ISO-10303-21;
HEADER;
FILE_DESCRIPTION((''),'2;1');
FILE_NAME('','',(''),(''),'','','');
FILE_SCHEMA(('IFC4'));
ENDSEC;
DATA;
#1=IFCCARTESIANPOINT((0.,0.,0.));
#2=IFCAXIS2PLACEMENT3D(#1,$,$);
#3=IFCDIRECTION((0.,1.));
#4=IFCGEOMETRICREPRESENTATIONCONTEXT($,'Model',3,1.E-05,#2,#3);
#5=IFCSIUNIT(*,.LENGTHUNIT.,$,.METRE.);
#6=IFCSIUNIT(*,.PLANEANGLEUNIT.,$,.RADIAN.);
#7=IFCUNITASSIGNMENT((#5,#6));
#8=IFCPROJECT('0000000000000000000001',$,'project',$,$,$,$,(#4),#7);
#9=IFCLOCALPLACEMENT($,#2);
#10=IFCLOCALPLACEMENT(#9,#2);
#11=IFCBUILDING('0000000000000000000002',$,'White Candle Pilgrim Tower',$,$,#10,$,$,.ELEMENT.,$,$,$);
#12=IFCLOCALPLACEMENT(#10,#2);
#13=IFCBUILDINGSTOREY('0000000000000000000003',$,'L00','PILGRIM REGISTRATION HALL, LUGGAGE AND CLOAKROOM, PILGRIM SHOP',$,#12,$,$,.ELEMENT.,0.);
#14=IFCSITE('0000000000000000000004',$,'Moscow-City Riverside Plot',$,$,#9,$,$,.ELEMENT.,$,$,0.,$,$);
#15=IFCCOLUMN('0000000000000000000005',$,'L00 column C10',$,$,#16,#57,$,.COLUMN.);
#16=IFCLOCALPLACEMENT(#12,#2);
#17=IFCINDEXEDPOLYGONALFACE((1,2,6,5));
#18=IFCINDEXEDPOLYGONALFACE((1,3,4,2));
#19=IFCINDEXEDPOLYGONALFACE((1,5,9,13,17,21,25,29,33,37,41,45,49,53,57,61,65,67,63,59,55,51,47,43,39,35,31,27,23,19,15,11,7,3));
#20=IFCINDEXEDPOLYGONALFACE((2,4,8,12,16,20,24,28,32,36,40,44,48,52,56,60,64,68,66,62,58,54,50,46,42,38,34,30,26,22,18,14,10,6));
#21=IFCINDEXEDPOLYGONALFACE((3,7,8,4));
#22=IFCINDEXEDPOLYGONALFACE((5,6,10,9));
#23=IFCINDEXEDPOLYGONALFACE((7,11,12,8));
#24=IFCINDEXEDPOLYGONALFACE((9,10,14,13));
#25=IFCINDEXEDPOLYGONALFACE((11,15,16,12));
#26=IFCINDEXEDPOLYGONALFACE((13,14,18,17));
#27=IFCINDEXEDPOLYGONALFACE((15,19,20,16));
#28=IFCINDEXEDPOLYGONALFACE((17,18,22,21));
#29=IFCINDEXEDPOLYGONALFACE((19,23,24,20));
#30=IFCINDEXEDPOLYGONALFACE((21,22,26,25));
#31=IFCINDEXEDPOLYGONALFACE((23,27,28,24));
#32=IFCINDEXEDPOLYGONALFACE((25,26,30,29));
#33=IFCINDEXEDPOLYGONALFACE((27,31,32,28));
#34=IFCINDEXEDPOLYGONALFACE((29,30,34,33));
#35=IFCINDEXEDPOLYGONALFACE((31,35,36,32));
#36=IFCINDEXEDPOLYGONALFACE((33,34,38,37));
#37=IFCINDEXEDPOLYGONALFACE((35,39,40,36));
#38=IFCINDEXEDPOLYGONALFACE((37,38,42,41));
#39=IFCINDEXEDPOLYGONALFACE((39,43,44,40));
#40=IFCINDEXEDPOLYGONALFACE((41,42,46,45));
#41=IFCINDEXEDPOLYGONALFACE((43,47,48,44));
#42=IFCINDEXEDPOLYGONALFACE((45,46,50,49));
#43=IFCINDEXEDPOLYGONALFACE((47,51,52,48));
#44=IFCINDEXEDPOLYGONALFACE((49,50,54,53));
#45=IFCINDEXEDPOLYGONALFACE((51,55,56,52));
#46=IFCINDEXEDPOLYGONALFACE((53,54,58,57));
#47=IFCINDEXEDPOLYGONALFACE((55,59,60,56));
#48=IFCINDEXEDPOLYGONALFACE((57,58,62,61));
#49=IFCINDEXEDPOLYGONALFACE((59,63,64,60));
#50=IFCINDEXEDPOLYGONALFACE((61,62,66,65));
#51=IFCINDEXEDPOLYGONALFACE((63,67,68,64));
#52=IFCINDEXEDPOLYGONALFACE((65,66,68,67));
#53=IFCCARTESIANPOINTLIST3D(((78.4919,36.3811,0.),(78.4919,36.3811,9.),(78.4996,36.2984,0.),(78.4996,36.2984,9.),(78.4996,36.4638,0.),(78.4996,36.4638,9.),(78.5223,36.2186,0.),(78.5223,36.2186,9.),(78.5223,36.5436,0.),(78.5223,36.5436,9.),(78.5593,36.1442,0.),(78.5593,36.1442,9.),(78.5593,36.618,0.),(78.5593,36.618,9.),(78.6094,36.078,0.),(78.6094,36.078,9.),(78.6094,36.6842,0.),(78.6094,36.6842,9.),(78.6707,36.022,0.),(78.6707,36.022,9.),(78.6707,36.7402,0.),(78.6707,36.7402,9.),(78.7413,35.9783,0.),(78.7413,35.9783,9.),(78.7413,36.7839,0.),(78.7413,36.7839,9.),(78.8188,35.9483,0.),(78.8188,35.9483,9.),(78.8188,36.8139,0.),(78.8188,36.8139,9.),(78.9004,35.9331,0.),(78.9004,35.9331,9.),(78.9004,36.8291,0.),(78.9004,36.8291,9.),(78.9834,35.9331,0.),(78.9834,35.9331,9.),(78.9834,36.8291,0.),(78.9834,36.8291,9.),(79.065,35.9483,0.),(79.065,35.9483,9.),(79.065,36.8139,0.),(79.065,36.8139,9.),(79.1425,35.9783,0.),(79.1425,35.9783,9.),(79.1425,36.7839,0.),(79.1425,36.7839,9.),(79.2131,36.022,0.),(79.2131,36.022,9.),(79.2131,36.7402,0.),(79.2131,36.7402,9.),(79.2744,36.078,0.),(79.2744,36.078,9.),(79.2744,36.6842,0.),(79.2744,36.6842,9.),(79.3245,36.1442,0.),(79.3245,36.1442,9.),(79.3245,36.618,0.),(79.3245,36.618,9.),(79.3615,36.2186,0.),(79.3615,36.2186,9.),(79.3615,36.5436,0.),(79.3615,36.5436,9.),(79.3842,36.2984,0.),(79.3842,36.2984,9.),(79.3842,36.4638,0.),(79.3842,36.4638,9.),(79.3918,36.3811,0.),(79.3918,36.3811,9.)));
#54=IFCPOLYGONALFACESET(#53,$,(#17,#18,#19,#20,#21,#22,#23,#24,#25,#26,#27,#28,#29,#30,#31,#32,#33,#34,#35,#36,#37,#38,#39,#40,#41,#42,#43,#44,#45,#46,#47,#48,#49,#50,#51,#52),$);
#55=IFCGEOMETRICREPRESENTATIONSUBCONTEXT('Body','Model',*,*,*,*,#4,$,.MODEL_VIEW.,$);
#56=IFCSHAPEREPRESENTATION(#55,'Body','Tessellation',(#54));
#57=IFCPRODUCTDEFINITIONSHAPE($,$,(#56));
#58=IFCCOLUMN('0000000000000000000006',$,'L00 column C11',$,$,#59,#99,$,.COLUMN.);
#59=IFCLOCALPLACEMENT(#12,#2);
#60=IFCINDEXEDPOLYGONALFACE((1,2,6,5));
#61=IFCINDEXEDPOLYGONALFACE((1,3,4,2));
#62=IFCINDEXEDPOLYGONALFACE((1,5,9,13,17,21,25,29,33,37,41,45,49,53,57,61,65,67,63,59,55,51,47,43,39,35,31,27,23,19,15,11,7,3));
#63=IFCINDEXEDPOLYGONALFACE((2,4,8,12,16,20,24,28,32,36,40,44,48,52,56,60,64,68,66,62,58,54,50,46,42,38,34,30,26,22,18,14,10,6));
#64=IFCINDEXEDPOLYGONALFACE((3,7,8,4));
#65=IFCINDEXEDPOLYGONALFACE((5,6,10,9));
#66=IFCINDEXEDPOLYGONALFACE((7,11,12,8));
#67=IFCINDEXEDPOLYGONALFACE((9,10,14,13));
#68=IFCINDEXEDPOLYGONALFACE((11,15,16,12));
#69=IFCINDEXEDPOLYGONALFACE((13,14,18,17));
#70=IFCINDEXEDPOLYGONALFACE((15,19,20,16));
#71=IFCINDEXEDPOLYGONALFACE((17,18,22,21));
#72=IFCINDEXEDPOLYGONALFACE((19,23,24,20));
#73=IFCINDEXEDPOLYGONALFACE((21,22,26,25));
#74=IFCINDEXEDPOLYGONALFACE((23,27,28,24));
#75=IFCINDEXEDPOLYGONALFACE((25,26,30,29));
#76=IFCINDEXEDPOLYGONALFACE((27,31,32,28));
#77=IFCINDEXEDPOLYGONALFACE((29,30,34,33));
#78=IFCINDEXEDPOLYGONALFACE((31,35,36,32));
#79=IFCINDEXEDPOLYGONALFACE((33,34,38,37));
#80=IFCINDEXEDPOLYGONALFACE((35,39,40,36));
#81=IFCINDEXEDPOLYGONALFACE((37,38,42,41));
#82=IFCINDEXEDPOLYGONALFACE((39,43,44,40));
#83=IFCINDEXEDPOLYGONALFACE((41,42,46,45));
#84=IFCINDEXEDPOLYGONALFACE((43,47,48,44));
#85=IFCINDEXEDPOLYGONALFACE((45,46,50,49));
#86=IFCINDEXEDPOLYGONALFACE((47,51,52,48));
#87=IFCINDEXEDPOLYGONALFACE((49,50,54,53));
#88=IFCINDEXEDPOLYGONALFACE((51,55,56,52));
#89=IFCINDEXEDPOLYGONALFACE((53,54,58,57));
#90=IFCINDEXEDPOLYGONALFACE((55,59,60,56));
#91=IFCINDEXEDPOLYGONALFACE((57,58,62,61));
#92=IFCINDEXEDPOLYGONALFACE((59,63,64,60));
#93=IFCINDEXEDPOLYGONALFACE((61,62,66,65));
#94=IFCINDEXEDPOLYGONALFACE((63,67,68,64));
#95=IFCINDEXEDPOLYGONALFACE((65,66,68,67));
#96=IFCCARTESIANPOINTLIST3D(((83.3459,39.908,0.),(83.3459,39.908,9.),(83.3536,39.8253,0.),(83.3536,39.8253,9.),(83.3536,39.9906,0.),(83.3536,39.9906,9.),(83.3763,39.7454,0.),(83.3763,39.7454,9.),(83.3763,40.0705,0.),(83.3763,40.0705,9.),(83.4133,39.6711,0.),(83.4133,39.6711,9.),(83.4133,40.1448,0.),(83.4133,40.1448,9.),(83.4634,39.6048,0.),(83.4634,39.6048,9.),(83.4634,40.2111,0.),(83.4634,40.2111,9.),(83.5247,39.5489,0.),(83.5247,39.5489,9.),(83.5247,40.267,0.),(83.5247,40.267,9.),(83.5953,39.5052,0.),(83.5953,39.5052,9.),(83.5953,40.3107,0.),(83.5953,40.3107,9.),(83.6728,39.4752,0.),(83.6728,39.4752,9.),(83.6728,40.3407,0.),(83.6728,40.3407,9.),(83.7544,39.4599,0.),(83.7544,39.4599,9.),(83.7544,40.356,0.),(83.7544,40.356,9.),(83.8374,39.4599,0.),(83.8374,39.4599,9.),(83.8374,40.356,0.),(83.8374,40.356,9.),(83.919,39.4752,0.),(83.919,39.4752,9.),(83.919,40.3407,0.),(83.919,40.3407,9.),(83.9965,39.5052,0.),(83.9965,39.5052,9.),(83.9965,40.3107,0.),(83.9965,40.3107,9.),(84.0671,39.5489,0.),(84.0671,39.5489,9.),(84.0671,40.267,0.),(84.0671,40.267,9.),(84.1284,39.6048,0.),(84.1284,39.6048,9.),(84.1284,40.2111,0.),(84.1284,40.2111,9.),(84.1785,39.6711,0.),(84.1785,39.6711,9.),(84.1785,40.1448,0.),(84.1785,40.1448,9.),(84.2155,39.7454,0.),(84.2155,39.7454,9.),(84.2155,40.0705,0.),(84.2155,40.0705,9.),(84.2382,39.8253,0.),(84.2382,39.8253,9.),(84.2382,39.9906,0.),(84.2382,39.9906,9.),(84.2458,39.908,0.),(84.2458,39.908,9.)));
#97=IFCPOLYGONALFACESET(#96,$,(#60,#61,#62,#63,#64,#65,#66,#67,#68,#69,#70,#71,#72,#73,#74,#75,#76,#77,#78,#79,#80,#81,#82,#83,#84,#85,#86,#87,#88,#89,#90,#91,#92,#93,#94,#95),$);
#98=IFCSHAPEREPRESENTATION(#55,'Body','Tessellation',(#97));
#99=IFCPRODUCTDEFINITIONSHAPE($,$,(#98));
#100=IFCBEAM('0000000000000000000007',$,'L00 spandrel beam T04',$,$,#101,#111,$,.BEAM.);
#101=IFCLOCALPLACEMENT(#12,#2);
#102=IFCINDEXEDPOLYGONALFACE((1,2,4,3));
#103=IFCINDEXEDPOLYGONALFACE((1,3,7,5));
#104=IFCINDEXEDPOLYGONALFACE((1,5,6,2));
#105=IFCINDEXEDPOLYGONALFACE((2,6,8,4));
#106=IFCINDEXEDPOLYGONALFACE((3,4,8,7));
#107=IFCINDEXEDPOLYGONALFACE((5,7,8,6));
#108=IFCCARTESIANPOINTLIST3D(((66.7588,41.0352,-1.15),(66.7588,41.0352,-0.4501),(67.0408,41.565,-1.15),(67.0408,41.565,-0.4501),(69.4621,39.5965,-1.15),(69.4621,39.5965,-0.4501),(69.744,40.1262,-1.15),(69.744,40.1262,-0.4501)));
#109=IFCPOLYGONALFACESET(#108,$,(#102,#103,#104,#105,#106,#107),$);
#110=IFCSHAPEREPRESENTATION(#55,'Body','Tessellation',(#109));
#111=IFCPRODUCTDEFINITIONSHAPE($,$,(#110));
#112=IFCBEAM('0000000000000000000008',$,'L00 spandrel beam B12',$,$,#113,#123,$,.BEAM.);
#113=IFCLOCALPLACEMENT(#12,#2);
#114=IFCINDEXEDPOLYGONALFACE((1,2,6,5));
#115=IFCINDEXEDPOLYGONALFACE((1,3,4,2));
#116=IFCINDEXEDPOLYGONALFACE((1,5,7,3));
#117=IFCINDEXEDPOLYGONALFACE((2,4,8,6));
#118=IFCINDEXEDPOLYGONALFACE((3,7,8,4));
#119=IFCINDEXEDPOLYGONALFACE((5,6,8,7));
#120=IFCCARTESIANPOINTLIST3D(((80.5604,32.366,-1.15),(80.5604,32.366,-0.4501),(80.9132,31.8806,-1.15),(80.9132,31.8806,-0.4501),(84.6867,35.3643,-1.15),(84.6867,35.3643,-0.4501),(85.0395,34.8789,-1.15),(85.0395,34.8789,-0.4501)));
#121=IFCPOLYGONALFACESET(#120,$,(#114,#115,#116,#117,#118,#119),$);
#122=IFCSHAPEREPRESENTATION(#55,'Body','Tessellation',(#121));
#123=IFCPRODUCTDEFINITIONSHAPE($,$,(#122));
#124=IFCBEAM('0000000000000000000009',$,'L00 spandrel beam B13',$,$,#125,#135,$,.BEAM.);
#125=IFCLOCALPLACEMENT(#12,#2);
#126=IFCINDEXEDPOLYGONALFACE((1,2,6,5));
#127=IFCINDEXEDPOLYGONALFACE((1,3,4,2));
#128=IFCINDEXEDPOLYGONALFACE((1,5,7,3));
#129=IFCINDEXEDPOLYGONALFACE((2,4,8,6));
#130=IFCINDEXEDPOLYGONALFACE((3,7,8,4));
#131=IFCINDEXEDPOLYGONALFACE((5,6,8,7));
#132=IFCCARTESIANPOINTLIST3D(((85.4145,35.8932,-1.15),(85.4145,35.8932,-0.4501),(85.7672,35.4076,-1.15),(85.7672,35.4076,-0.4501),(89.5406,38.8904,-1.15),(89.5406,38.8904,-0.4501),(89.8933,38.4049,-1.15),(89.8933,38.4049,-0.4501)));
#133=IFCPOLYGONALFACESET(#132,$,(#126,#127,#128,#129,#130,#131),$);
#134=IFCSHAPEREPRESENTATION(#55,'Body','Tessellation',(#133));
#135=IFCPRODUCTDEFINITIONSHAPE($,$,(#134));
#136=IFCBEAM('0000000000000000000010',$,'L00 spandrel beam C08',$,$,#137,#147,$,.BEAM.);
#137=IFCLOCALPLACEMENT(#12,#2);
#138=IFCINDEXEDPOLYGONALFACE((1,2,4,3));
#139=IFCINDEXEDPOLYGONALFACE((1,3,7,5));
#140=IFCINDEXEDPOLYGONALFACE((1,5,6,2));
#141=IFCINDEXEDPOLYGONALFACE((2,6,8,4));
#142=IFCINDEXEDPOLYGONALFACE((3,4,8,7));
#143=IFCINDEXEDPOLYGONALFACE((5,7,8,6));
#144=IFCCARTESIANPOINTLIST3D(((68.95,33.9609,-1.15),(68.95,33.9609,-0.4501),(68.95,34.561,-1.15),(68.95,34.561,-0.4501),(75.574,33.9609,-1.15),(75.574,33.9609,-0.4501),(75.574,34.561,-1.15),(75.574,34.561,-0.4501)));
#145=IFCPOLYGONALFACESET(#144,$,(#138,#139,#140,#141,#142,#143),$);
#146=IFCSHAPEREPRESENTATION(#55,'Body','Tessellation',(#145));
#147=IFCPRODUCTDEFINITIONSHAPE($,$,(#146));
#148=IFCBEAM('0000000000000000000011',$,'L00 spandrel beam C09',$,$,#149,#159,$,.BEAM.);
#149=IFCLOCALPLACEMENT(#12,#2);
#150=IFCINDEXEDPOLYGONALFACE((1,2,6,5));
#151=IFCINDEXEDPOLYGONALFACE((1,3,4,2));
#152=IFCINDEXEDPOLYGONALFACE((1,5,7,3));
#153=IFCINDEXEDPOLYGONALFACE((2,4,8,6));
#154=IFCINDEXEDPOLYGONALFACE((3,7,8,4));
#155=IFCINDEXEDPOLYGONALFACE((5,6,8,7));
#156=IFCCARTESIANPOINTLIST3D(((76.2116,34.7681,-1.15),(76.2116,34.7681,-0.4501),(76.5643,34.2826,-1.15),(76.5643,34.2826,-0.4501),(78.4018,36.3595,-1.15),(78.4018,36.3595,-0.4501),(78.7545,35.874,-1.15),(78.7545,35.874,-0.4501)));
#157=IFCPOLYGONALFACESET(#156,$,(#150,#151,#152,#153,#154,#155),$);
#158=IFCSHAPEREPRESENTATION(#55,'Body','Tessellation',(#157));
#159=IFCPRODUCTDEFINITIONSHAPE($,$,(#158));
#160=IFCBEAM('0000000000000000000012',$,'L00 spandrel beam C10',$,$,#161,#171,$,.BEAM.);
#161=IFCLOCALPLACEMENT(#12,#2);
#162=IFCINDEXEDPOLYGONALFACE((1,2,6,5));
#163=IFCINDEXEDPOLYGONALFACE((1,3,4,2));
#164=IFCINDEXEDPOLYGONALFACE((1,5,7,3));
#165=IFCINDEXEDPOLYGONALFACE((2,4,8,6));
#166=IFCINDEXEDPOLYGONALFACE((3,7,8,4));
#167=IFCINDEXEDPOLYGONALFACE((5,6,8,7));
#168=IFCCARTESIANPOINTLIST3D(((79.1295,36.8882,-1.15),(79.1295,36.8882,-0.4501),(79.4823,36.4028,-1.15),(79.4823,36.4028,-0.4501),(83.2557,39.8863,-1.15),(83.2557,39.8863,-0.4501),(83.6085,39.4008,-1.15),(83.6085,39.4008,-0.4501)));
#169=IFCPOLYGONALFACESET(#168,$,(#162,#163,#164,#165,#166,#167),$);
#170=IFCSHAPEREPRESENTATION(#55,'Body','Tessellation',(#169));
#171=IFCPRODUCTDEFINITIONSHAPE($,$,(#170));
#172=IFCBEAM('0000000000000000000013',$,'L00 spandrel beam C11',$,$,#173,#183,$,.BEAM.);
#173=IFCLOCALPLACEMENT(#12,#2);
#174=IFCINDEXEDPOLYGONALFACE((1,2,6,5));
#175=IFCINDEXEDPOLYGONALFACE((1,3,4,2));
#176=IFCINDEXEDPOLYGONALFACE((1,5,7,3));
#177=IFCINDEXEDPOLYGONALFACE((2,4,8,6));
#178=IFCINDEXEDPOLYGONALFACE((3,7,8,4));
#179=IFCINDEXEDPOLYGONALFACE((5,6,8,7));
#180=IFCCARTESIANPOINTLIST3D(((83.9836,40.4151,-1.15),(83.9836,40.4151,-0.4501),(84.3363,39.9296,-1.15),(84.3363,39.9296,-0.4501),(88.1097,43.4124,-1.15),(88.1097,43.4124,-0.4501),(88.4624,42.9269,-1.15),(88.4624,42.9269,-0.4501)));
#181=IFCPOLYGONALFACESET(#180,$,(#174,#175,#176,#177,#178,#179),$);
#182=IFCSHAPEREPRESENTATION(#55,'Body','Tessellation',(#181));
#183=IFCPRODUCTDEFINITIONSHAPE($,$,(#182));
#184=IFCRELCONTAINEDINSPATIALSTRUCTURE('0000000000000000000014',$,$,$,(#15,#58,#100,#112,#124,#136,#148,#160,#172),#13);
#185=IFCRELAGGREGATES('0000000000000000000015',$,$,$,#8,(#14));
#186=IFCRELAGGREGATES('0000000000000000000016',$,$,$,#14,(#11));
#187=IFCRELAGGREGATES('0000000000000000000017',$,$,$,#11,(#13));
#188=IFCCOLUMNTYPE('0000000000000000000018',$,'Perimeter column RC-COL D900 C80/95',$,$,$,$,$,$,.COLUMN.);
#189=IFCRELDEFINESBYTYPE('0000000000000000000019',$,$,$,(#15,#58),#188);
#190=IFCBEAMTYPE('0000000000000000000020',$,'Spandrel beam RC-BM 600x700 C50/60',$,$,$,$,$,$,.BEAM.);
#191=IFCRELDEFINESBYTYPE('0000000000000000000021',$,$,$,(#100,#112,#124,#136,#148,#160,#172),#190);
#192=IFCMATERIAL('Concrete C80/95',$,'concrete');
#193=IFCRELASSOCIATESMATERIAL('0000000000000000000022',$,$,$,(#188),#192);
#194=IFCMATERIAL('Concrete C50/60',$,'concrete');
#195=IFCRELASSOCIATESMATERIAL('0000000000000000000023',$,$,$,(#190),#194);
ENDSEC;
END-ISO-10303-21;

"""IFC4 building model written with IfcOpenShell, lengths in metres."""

from ifc_helpers import new_model, si_unit, direction, frame, origin, origin_2d, place, context, subcontext, project, spatial, rectangle, circle, extrude, material, material_profile, profile_set, type_object, element, save


model = new_model("IFC4")

# Units and contexts
model_context = context("Model", 3, precision=1e-05, world=origin(), true_north=direction((0.0, 1.0)))
body_context = subcontext(model_context, "Body", "Model", "MODEL_VIEW")
ifc_project = project(units=[si_unit("LENGTHUNIT", "METRE"), si_unit("PLANEANGLEUNIT", "RADIAN")], contexts=[model_context])

# Site, building, storey
site_placement = place(None, origin())
site = spatial("IfcSite", under=ifc_project, at=site_placement, Name="Moscow-City Riverside Plot", CompositionType="ELEMENT", RefElevation=0.0)
building_placement = place(site_placement, origin())
building = spatial("IfcBuilding", under=site, at=building_placement, Name="White Candle Pilgrim Tower", CompositionType="ELEMENT")
storey_placement = place(building_placement, origin())
storey = spatial("IfcBuildingStorey", under=building, at=storey_placement, Name="L00", Description="PILGRIM REGISTRATION HALL, LUGGAGE AND CLOAKROOM, PILGRIM SHOP", CompositionType="ELEMENT", Elevation=0.0)

# Columns
ifc_material_1 = material(Name="Concrete C80/95", Category="concrete")
ifc_material_profile_1 = material_profile(ifc_material_1, circle(Radius=0.45, at=origin_2d()), Name="RC-COL D900")
ifc_profile_set_1 = profile_set([ifc_material_profile_1], Name="Concrete C80/95")
column_type = type_object("IfcColumnType", Name="Perimeter column RC-COL D900 C80/95", PredefinedType="COLUMN", material=ifc_profile_set_1)
for number, where, z_axis, x_axis, name in (
    (1, (78.9419, 36.3811, 0.0), (0.0, 0.0, 1.0), (1.0, 0.0, 0.0), "L00 column C10"),
    (2, (83.7959, 39.908, 0.0), (0.0, 0.0, 1.0), (1.0, 0.0, 0.0), "L00 column C11"),
):
    element("IfcColumn", number, at=place(storey_placement, frame(where, z_axis=z_axis, x_axis=x_axis)), inside=storey, type_object=column_type, Name=name, PredefinedType="COLUMN", context=body_context, shape_type="SweptSolid", body=[
        extrude(circle(Radius=0.45, at=origin_2d()), origin(), (0.0, 0.0, 1.0), 9.0),
    ])

# Beams
ifc_material_2 = material(Name="Concrete C50/60", Category="concrete")
ifc_material_profile_2 = material_profile(ifc_material_2, rectangle(XDim=0.6001, YDim=0.7, at=origin_2d()), Name="RC-BM 600x700")
ifc_profile_set_2 = profile_set([ifc_material_profile_2], Name="Concrete C50/60")
beam_type = type_object("IfcBeamType", Name="Spandrel beam RC-BM 600x700 C50/60", PredefinedType="BEAM", material=ifc_profile_set_2)
beam_1_placement = place(storey_placement, frame((69.603, 39.8613, -0.8), z_axis=(-0.882752, 0.469839, 0.0), x_axis=(-0.469839, -0.882752, 0.0)))
element("IfcBeam", 3, at=beam_1_placement, inside=storey, type_object=beam_type, Name="L00 spandrel beam T04", PredefinedType="BEAM", context=body_context, shape_type="SweptSolid", body=[
    extrude(rectangle(XDim=0.6001, YDim=0.7, at=origin_2d()), origin(), (0.0, 0.0, 1.0), 3.0623),
])
beam_2_placement = place(storey_placement, frame((80.7368, 32.1233, -0.8), z_axis=(0.808978, 0.587839, 0.0), x_axis=(-0.587839, 0.808978, 0.0)))
element("IfcBeam", 4, at=beam_2_placement, inside=storey, type_object=beam_type, Name="L00 spandrel beam B12", PredefinedType="BEAM", context=body_context, shape_type="SweptSolid", body=[
    extrude(rectangle(XDim=0.6001, YDim=0.7, at=origin_2d()), origin(), (0.0, 0.0, 1.0), 5.1006),
])
beam_3_placement = place(storey_placement, frame((85.5908, 35.6504, -0.8), z_axis=(0.809069, 0.587713, 0.0), x_axis=(-0.587713, 0.809069, 0.0)))
element("IfcBeam", 5, at=beam_3_placement, inside=storey, type_object=beam_type, Name="L00 spandrel beam B13", PredefinedType="BEAM", context=body_context, shape_type="SweptSolid", body=[
    extrude(rectangle(XDim=0.6001, YDim=0.7, at=origin_2d()), origin(), (0.0, 0.0, 1.0), 5.0999),
])
beam_4_placement = place(storey_placement, frame((68.95, 34.261, -0.8), z_axis=(1.0, 0.0, 0.0), x_axis=(0.0, 1.0, 0.0)))
element("IfcBeam", 6, at=beam_4_placement, inside=storey, type_object=beam_type, Name="L00 spandrel beam C08", PredefinedType="BEAM", context=body_context, shape_type="SweptSolid", body=[
    extrude(rectangle(XDim=0.6001, YDim=0.7, at=origin_2d()), origin(), (0.0, 0.0, 1.0), 6.624),
])
beam_5_placement = place(storey_placement, frame((76.3879, 34.5254, -0.8), z_axis=(0.809009, 0.587796, 0.0), x_axis=(-0.587796, 0.809009, 0.0)))
element("IfcBeam", 7, at=beam_5_placement, inside=storey, type_object=beam_type, Name="L00 spandrel beam C09", PredefinedType="BEAM", context=body_context, shape_type="SweptSolid", body=[
    extrude(rectangle(XDim=0.6001, YDim=0.7, at=origin_2d()), origin(), (0.0, 0.0, 1.0), 2.7073),
])
beam_6_placement = place(storey_placement, frame((79.3059, 36.6455, -0.8), z_axis=(0.809001, 0.587807, 0.0), x_axis=(-0.587807, 0.809001, 0.0)))
element("IfcBeam", 8, at=beam_6_placement, inside=storey, type_object=beam_type, Name="L00 spandrel beam C10", PredefinedType="BEAM", context=body_context, shape_type="SweptSolid", body=[
    extrude(rectangle(XDim=0.6001, YDim=0.7, at=origin_2d()), origin(), (0.0, 0.0, 1.0), 5.1003),
])
beam_7_placement = place(storey_placement, frame((84.1599, 40.1724, -0.8), z_axis=(0.809069, 0.587713, 0.0), x_axis=(-0.587713, 0.809069, 0.0)))
element("IfcBeam", 9, at=beam_7_placement, inside=storey, type_object=beam_type, Name="L00 spandrel beam C11", PredefinedType="BEAM", context=body_context, shape_type="SweptSolid", body=[
    extrude(rectangle(XDim=0.6001, YDim=0.7, at=origin_2d()), origin(), (0.0, 0.0, 1.0), 5.0999),
])

save(model, "model.ifc")
